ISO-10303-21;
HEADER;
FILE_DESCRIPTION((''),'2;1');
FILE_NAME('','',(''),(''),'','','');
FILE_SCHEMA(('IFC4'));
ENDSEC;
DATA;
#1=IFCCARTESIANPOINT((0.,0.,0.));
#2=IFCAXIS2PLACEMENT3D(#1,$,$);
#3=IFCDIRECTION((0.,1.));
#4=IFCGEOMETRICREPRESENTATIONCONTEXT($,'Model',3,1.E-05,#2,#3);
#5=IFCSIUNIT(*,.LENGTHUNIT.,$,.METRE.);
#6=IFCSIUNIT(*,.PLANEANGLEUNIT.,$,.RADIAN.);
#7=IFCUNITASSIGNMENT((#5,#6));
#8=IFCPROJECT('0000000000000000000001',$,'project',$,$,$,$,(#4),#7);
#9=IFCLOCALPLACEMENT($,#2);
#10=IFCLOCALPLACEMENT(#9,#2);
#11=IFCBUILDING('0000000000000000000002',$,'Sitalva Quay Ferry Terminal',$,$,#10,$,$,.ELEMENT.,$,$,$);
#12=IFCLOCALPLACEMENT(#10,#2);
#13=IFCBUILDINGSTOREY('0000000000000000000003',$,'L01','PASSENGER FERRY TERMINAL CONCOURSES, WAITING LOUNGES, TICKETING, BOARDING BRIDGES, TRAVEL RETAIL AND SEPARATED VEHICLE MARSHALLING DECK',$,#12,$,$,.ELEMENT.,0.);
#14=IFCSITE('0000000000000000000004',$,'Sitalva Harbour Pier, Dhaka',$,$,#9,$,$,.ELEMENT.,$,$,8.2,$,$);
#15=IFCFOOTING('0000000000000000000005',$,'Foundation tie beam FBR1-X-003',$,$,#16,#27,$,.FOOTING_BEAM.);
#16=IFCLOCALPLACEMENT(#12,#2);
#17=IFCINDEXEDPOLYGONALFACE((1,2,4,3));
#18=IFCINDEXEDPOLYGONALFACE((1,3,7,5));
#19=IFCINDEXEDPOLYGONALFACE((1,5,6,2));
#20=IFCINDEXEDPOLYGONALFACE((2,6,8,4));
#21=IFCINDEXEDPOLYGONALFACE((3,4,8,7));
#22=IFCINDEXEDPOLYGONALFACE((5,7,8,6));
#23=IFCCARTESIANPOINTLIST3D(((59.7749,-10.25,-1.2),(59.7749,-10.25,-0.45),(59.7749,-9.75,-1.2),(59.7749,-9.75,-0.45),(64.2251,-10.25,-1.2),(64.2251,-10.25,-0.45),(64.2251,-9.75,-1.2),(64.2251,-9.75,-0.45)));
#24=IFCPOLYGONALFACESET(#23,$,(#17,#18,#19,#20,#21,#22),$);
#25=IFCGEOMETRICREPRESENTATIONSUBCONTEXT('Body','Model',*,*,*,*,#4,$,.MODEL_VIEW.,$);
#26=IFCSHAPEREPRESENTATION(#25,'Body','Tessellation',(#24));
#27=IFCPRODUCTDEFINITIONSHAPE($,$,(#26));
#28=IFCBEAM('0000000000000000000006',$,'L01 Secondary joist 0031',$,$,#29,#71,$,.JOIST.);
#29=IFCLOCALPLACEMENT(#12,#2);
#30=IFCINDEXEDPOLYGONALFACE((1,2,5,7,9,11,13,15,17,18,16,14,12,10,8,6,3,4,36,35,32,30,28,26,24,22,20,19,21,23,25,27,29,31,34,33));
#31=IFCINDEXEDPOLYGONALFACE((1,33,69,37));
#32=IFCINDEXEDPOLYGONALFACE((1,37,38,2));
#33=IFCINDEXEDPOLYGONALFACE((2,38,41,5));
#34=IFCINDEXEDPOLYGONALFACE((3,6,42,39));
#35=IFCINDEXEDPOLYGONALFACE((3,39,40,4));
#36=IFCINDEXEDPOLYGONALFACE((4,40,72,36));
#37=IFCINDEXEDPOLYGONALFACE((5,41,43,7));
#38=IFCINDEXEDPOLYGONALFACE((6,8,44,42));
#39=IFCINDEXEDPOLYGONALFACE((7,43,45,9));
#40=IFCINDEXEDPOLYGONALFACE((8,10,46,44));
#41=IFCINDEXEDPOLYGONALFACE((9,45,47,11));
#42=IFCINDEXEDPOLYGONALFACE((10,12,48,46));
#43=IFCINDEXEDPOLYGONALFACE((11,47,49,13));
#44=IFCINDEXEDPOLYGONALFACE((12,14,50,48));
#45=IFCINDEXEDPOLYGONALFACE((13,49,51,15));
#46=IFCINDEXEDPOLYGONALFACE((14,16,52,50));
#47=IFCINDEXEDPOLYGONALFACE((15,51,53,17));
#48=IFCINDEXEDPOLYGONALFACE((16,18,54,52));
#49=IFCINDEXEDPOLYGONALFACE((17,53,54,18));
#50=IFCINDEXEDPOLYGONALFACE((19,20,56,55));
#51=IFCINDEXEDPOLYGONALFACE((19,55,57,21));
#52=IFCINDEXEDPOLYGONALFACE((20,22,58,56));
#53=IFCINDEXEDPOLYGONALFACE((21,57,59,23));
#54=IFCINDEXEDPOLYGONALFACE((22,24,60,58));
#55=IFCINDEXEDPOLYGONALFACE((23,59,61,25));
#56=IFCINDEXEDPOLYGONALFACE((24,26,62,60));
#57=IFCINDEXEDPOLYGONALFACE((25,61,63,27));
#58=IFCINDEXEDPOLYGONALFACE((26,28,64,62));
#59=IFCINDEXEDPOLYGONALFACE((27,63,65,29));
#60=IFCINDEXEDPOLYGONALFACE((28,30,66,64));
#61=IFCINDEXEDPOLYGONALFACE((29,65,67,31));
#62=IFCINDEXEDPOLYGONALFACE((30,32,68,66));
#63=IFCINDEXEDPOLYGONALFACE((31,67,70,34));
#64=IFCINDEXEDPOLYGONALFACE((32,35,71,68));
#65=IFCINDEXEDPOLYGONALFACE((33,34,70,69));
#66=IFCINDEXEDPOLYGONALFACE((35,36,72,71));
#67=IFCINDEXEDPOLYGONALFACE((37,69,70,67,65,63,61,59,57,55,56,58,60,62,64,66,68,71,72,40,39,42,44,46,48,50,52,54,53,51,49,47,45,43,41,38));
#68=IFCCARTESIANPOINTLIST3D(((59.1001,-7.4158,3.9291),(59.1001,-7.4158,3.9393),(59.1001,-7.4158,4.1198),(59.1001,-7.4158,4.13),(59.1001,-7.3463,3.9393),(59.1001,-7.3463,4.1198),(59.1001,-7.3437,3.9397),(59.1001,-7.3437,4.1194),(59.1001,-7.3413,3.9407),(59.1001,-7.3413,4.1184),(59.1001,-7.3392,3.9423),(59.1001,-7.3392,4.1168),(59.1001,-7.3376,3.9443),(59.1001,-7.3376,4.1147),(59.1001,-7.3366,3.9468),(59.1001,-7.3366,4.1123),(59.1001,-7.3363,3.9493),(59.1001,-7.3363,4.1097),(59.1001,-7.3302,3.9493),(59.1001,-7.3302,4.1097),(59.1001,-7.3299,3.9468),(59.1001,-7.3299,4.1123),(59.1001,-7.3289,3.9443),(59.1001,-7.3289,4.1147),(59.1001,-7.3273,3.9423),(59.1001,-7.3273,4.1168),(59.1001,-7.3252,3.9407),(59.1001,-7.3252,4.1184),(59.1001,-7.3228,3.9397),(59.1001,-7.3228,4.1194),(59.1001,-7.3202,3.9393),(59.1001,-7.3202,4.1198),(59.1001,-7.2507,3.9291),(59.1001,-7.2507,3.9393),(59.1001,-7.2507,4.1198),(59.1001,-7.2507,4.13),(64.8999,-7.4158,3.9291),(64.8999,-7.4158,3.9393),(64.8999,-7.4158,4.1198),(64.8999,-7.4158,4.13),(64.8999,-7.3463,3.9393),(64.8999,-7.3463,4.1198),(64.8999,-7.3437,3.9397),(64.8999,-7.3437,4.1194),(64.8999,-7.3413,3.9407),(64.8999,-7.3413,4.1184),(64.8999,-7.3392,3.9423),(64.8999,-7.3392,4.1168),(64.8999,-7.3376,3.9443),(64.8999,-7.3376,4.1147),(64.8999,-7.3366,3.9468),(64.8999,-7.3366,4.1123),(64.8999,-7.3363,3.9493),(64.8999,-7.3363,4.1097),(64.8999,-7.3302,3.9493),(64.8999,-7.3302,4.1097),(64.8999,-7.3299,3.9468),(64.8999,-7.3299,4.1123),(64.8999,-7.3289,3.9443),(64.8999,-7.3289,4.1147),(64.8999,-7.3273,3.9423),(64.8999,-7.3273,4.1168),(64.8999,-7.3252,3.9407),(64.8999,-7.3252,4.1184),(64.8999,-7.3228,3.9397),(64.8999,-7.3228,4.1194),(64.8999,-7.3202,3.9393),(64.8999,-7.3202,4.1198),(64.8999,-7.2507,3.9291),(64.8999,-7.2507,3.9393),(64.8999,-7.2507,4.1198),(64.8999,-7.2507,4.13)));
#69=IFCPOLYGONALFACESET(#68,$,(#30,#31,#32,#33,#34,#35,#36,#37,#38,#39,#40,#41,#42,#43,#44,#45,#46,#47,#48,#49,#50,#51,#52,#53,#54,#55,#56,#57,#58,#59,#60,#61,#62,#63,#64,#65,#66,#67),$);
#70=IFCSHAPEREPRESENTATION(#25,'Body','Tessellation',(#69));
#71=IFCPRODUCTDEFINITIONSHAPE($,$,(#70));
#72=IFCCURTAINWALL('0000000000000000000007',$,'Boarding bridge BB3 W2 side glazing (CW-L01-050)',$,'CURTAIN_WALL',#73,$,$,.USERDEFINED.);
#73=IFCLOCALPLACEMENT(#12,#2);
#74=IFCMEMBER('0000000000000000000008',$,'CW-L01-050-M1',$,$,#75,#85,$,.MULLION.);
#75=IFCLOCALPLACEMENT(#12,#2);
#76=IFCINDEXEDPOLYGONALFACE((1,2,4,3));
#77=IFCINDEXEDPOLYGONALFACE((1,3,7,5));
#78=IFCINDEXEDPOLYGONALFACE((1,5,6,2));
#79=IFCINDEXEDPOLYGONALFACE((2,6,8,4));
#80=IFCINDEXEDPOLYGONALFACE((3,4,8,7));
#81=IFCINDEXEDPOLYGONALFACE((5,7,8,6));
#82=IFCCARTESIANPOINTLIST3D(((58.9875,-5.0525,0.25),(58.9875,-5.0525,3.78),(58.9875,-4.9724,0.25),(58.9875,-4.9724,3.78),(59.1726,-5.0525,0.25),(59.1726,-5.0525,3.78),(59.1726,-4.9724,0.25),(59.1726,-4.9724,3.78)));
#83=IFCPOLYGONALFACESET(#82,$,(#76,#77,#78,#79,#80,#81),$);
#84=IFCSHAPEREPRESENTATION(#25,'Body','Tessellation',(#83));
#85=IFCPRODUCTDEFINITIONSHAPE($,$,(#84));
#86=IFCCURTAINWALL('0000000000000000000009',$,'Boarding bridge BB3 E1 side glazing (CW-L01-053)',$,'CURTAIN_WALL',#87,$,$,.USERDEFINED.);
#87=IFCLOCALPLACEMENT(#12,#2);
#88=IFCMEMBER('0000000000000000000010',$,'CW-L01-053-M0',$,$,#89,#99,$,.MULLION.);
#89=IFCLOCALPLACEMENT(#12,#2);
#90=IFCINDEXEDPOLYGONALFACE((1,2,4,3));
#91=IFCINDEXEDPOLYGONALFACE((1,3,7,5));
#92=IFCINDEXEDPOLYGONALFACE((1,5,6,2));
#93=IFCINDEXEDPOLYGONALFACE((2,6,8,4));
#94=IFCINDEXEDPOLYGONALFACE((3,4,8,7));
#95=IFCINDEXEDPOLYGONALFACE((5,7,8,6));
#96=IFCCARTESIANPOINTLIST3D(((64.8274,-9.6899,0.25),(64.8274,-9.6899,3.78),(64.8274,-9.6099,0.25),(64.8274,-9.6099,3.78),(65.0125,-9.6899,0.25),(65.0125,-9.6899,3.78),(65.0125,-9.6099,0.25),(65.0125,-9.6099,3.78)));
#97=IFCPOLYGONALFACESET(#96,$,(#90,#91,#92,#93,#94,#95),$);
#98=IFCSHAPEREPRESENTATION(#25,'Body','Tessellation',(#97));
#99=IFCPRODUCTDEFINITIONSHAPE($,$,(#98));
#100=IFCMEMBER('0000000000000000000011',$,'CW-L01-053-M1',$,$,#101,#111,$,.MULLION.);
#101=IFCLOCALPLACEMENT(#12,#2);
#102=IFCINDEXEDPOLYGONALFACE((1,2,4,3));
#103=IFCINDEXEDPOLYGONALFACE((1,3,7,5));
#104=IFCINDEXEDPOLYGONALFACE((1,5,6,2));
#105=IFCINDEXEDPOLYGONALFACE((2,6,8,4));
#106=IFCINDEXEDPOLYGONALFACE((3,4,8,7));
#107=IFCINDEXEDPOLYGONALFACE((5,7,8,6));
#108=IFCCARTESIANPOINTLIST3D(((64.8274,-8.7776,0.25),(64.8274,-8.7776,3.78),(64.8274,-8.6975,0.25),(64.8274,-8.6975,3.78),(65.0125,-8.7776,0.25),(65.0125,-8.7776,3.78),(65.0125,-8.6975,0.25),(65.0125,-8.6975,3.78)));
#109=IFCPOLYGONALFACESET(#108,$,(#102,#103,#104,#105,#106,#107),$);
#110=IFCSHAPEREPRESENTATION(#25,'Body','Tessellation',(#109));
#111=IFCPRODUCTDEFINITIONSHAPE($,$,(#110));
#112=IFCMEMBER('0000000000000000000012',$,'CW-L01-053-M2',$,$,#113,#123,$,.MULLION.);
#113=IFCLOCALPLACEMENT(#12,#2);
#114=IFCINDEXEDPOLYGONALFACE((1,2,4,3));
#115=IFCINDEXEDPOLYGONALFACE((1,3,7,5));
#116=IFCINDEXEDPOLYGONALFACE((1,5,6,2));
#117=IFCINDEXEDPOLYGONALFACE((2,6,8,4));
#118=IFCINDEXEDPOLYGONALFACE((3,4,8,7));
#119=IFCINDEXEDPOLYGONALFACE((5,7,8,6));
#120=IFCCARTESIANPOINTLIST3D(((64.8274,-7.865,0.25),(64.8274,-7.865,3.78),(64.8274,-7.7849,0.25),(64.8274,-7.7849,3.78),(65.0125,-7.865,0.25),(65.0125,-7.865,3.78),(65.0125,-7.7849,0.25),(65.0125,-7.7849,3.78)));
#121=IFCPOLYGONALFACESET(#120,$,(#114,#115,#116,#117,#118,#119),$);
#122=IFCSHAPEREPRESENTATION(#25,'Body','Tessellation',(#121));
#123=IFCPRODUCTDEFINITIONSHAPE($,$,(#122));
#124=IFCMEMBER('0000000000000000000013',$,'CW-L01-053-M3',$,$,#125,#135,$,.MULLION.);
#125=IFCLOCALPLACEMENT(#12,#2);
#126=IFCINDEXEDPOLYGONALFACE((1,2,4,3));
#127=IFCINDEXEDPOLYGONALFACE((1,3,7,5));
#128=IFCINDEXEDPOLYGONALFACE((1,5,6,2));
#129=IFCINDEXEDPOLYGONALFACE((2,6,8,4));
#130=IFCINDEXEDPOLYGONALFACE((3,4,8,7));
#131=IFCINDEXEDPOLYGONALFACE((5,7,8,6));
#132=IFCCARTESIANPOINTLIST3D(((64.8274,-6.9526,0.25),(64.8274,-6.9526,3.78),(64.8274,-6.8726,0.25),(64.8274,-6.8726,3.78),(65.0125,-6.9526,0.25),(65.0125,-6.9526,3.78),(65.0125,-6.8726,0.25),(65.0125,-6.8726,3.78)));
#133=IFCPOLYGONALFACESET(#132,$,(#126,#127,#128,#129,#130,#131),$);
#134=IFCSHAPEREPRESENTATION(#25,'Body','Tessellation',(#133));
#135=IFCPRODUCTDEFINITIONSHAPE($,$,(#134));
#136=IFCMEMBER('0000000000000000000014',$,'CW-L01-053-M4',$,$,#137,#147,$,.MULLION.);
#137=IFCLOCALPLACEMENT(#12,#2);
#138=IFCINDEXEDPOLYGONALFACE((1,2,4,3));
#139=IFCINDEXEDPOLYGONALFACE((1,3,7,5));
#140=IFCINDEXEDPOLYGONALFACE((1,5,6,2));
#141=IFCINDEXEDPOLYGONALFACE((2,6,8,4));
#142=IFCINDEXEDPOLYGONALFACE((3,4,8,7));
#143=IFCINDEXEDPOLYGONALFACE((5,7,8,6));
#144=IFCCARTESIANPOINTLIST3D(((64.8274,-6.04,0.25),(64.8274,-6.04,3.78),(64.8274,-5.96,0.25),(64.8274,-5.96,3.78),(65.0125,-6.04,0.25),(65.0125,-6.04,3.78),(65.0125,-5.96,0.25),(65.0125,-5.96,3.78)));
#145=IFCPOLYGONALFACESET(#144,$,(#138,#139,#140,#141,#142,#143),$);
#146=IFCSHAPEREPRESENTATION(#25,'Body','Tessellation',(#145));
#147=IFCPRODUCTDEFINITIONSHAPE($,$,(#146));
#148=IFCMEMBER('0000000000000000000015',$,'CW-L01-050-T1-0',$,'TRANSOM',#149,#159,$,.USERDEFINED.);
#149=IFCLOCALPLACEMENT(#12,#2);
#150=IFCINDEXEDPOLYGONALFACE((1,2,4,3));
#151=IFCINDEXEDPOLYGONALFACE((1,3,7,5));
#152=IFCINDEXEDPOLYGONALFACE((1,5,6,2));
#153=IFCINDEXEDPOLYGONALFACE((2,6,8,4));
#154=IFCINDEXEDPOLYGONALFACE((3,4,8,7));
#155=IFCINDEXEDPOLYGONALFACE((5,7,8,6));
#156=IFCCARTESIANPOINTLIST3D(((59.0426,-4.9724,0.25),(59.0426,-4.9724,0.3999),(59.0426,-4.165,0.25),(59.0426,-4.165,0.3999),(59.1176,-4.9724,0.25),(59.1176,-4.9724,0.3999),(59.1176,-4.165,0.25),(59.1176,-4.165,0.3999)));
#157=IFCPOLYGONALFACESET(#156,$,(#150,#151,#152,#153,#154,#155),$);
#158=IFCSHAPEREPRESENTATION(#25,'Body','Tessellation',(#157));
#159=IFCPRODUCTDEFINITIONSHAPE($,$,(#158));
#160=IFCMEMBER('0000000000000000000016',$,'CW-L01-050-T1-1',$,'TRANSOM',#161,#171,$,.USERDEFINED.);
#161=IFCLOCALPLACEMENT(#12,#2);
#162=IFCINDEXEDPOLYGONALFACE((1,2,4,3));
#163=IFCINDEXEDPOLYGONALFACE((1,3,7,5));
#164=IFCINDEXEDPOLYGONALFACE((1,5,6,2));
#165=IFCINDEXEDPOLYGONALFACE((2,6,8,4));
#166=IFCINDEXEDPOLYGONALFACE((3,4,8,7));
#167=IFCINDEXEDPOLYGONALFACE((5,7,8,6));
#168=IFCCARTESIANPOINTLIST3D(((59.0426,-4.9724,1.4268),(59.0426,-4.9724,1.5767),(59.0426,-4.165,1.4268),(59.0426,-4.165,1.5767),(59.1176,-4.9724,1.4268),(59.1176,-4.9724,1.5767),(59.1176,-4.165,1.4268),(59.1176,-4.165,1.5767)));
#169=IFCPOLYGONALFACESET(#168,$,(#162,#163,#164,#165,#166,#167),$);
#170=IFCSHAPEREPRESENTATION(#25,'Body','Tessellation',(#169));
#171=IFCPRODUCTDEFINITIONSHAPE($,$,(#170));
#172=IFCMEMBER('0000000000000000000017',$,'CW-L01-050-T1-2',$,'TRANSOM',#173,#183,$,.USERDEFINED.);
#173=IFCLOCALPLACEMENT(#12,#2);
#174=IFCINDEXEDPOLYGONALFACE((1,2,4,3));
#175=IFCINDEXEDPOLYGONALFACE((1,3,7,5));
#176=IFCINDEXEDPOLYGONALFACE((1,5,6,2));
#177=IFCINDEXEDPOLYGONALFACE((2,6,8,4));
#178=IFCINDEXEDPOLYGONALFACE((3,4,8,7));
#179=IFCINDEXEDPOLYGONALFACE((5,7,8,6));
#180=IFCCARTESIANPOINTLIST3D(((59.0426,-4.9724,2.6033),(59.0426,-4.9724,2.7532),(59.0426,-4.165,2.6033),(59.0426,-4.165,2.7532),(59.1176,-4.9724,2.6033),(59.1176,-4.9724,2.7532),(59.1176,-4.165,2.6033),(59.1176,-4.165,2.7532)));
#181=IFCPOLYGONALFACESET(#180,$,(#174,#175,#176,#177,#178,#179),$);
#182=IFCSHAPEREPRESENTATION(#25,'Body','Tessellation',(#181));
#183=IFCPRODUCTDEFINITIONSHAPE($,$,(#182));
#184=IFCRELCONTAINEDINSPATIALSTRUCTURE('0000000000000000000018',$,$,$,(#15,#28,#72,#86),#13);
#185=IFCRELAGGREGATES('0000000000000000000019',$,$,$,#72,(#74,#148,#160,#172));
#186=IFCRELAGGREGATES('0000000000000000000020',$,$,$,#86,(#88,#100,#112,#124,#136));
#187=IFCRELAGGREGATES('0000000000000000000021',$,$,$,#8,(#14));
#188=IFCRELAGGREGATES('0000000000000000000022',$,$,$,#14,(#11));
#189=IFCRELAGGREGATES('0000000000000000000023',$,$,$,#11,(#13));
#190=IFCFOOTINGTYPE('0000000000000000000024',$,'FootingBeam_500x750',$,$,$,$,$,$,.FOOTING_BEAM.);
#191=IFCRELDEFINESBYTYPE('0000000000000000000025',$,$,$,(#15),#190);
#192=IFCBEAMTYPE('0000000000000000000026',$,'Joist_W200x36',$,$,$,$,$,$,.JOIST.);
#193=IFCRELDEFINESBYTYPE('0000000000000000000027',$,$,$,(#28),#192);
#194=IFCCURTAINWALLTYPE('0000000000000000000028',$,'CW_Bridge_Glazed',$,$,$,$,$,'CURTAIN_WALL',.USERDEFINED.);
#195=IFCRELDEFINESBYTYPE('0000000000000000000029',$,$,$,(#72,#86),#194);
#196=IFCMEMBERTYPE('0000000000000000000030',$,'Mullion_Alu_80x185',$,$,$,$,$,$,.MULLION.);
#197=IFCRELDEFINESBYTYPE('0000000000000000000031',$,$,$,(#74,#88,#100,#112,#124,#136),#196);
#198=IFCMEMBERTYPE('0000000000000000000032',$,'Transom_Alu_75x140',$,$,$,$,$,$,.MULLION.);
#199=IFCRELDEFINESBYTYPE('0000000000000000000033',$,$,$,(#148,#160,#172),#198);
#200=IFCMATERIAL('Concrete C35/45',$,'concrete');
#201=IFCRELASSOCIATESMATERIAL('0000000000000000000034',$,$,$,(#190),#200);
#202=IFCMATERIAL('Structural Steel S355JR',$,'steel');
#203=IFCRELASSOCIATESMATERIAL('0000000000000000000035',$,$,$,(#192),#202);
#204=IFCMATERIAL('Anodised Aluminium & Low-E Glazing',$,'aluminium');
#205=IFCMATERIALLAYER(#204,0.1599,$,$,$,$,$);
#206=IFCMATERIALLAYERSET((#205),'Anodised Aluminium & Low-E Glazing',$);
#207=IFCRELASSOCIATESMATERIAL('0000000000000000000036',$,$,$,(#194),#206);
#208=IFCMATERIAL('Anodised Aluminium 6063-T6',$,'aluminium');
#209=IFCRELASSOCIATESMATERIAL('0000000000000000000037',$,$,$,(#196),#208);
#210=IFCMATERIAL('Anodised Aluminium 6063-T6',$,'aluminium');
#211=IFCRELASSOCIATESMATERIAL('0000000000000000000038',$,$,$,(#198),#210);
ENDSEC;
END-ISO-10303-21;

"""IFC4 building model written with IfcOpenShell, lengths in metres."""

from ifc_helpers import new_model, si_unit, direction, frame, origin, origin_2d, place, context, subcontext, project, spatial, rectangle, i_section, extrude, material, layer, layer_set, material_profile, profile_set, type_object, element, aggregate, save


model = new_model("IFC4")

# Units and contexts
model_context = context("Model", 3, precision=1e-05, world=origin(), true_north=direction((0.0, 1.0)))
body_context = subcontext(model_context, "Body", "Model", "MODEL_VIEW")
ifc_project = project(units=[si_unit("LENGTHUNIT", "METRE"), si_unit("PLANEANGLEUNIT", "RADIAN")], contexts=[model_context])

# Site, building, storey
site_placement = place(None, origin())
site = spatial("IfcSite", under=ifc_project, at=site_placement, Name="Sitalva Harbour Pier, Dhaka", CompositionType="ELEMENT", RefElevation=8.2)
building_placement = place(site_placement, origin())
building = spatial("IfcBuilding", under=site, at=building_placement, Name="Sitalva Quay Ferry Terminal", CompositionType="ELEMENT")
storey_placement = place(building_placement, origin())
storey = spatial("IfcBuildingStorey", under=building, at=storey_placement, Name="L01", Description="PASSENGER FERRY TERMINAL CONCOURSES, WAITING LOUNGES, TICKETING, BOARDING BRIDGES, TRAVEL RETAIL AND SEPARATED VEHICLE MARSHALLING DECK", CompositionType="ELEMENT", Elevation=0.0)

# Footing
ifc_material_1 = material(Name="Concrete C35/45", Category="concrete")
ifc_material_profile_1 = material_profile(ifc_material_1, rectangle(XDim=0.5, YDim=0.75, at=origin_2d()), Name="RC500x750")
ifc_profile_set_1 = profile_set([ifc_material_profile_1], Name="Concrete C35/45")
footing_type = type_object("IfcFootingType", Name="FootingBeam_500x750", PredefinedType="FOOTING_BEAM", material=ifc_profile_set_1)
footing_placement = place(storey_placement, frame((59.7749, -10.0, -0.825), z_axis=(1.0, 0.0, 0.0), x_axis=(0.0, 1.0, 0.0)))
element("IfcFooting", 1, at=footing_placement, inside=storey, type_object=footing_type, Name="Foundation tie beam FBR1-X-003", PredefinedType="FOOTING_BEAM", context=body_context, shape_type="SweptSolid", body=[
    extrude(rectangle(XDim=0.5, YDim=0.75, at=origin_2d()), origin(), (0.0, 0.0, 1.0), 4.4502),
])

# Beam
ifc_material_2 = material(Name="Structural Steel S355JR", Category="steel")
ifc_material_profile_2 = material_profile(ifc_material_2, i_section(OverallWidth=0.165, OverallDepth=0.2009, WebThickness=0.0061, FlangeThickness=0.0103, FilletRadius=0.01, at=origin_2d()), Name="W200x36")
ifc_profile_set_2 = profile_set([ifc_material_profile_2], Name="Structural Steel S355JR")
beam_type = type_object("IfcBeamType", Name="Joist_W200x36", PredefinedType="JOIST", material=ifc_profile_set_2)
beam_placement = place(storey_placement, frame((59.1001, -7.3333, 4.0295), z_axis=(1.0, 0.0, 0.0), x_axis=(0.0, 1.0, 0.0)))
element("IfcBeam", 2, at=beam_placement, inside=storey, type_object=beam_type, Name="L01 Secondary joist 0031", PredefinedType="JOIST", context=body_context, shape_type="SweptSolid", body=[
    extrude(i_section(OverallWidth=0.165, OverallDepth=0.2009, WebThickness=0.0061, FlangeThickness=0.0103, FilletRadius=0.01, at=origin_2d()), origin(), (0.0, 0.0, 1.0), 5.7998),
])

# Curtain wall, member
ifc_material_3 = material(Name="Anodised Aluminium & Low-E Glazing", Category="aluminium")
ifc_layer_1 = layer(ifc_material_3, 0.1599)
ifc_layer_set_1 = layer_set([ifc_layer_1], Name="Anodised Aluminium & Low-E Glazing")
curtain_wall_type = type_object("IfcCurtainWallType", Name="CW_Bridge_Glazed", ElementType="CURTAIN_WALL", PredefinedType="USERDEFINED", material=ifc_layer_set_1)
curtain_wall_1_placement = place(storey_placement, origin())
curtain_wall_1 = element("IfcCurtainWall", 3, at=curtain_wall_1_placement, inside=storey, type_object=curtain_wall_type, Name="Boarding bridge BB3 W2 side glazing (CW-L01-050)", ObjectType="CURTAIN_WALL", PredefinedType="USERDEFINED")
ifc_material_4 = material(Name="Anodised Aluminium 6063-T6", Category="aluminium")
ifc_material_profile_3 = material_profile(ifc_material_4, rectangle(XDim=0.0801, YDim=0.1851, at=origin_2d()), Name="ALU80x185")
ifc_profile_set_3 = profile_set([ifc_material_profile_3], Name="Anodised Aluminium 6063-T6")
member_type_1 = type_object("IfcMemberType", Name="Mullion_Alu_80x185", PredefinedType="MULLION", material=ifc_profile_set_3)
member_1_placement = place(storey_placement, frame((59.0801, -5.0125, 0.25), z_axis=(0.0, 0.0, 1.0), x_axis=(0.0, 1.0, 0.0)))
member_1 = element("IfcMember", 4, at=member_1_placement, type_object=member_type_1, Name="CW-L01-050-M1", PredefinedType="MULLION", context=body_context, shape_type="SweptSolid", body=[
    extrude(rectangle(XDim=0.0801, YDim=0.1851, at=origin_2d()), origin(), (0.0, 0.0, 1.0), 3.53),
])

# Curtain wall, members
curtain_wall_2_placement = place(storey_placement, origin())
curtain_wall_2 = element("IfcCurtainWall", 5, at=curtain_wall_2_placement, inside=storey, type_object=curtain_wall_type, Name="Boarding bridge BB3 E1 side glazing (CW-L01-053)", ObjectType="CURTAIN_WALL", PredefinedType="USERDEFINED")
member_2_placement = place(storey_placement, frame((64.9199, -9.6499, 0.25), z_axis=(0.0, 0.0, 1.0), x_axis=(0.0, 1.0, 0.0)))
member_2 = element("IfcMember", 6, at=member_2_placement, type_object=member_type_1, Name="CW-L01-053-M0", PredefinedType="MULLION", context=body_context, shape_type="SweptSolid", body=[
    extrude(rectangle(XDim=0.0801, YDim=0.1851, at=origin_2d()), origin(), (0.0, 0.0, 1.0), 3.53),
])
member_3_placement = place(storey_placement, frame((64.9199, -8.7375, 0.25), z_axis=(0.0, 0.0, 1.0), x_axis=(0.0, 1.0, 0.0)))
member_3 = element("IfcMember", 7, at=member_3_placement, type_object=member_type_1, Name="CW-L01-053-M1", PredefinedType="MULLION", context=body_context, shape_type="SweptSolid", body=[
    extrude(rectangle(XDim=0.0801, YDim=0.1851, at=origin_2d()), origin(), (0.0, 0.0, 1.0), 3.53),
])
member_4_placement = place(storey_placement, frame((64.9199, -7.825, 0.25), z_axis=(0.0, 0.0, 1.0), x_axis=(0.0, 1.0, 0.0)))
member_4 = element("IfcMember", 8, at=member_4_placement, type_object=member_type_1, Name="CW-L01-053-M2", PredefinedType="MULLION", context=body_context, shape_type="SweptSolid", body=[
    extrude(rectangle(XDim=0.0801, YDim=0.1851, at=origin_2d()), origin(), (0.0, 0.0, 1.0), 3.53),
])
member_5_placement = place(storey_placement, frame((64.9199, -6.9126, 0.25), z_axis=(0.0, 0.0, 1.0), x_axis=(0.0, 1.0, 0.0)))
member_5 = element("IfcMember", 9, at=member_5_placement, type_object=member_type_1, Name="CW-L01-053-M3", PredefinedType="MULLION", context=body_context, shape_type="SweptSolid", body=[
    extrude(rectangle(XDim=0.0801, YDim=0.1851, at=origin_2d()), origin(), (0.0, 0.0, 1.0), 3.53),
])
member_6_placement = place(storey_placement, frame((64.9199, -6.0, 0.25), z_axis=(0.0, 0.0, 1.0), x_axis=(0.0, 1.0, 0.0)))
member_6 = element("IfcMember", 10, at=member_6_placement, type_object=member_type_1, Name="CW-L01-053-M4", PredefinedType="MULLION", context=body_context, shape_type="SweptSolid", body=[
    extrude(rectangle(XDim=0.0801, YDim=0.1851, at=origin_2d()), origin(), (0.0, 0.0, 1.0), 3.53),
])

# Members
ifc_material_5 = material(Name="Anodised Aluminium 6063-T6", Category="aluminium")
ifc_material_profile_4 = material_profile(ifc_material_5, rectangle(XDim=0.075, YDim=0.1499, at=origin_2d()), Name="ALU75x150")
ifc_profile_set_4 = profile_set([ifc_material_profile_4], Name="Anodised Aluminium 6063-T6")
member_type_2 = type_object("IfcMemberType", Name="Transom_Alu_75x140", PredefinedType="MULLION", material=ifc_profile_set_4)
member_7_placement = place(storey_placement, frame((59.0801, -4.9724, 0.325), z_axis=(0.0, 1.0, 0.0), x_axis=(-1.0, 0.0, 0.0)))
member_7 = element("IfcMember", 11, at=member_7_placement, type_object=member_type_2, Name="CW-L01-050-T1-0", ObjectType="TRANSOM", PredefinedType="USERDEFINED", context=body_context, shape_type="SweptSolid", body=[
    extrude(rectangle(XDim=0.075, YDim=0.1499, at=origin_2d()), origin(), (0.0, 0.0, 1.0), 0.8074),
])
member_8_placement = place(storey_placement, frame((59.0801, -4.9724, 1.5017), z_axis=(0.0, 1.0, 0.0), x_axis=(-1.0, 0.0, 0.0)))
member_8 = element("IfcMember", 12, at=member_8_placement, type_object=member_type_2, Name="CW-L01-050-T1-1", ObjectType="TRANSOM", PredefinedType="USERDEFINED", context=body_context, shape_type="SweptSolid", body=[
    extrude(rectangle(XDim=0.075, YDim=0.1499, at=origin_2d()), origin(), (0.0, 0.0, 1.0), 0.8074),
])
member_9_placement = place(storey_placement, frame((59.0801, -4.9724, 2.6782), z_axis=(0.0, 1.0, 0.0), x_axis=(-1.0, 0.0, 0.0)))
member_9 = element("IfcMember", 13, at=member_9_placement, type_object=member_type_2, Name="CW-L01-050-T1-2", ObjectType="TRANSOM", PredefinedType="USERDEFINED", context=body_context, shape_type="SweptSolid", body=[
    extrude(rectangle(XDim=0.075, YDim=0.1499, at=origin_2d()), origin(), (0.0, 0.0, 1.0), 0.8074),
])

aggregate(curtain_wall_1, [member_1, member_7, member_8, member_9])
aggregate(curtain_wall_2, [member_2, member_3, member_4, member_5, member_6])

save(model, "model.ifc")
